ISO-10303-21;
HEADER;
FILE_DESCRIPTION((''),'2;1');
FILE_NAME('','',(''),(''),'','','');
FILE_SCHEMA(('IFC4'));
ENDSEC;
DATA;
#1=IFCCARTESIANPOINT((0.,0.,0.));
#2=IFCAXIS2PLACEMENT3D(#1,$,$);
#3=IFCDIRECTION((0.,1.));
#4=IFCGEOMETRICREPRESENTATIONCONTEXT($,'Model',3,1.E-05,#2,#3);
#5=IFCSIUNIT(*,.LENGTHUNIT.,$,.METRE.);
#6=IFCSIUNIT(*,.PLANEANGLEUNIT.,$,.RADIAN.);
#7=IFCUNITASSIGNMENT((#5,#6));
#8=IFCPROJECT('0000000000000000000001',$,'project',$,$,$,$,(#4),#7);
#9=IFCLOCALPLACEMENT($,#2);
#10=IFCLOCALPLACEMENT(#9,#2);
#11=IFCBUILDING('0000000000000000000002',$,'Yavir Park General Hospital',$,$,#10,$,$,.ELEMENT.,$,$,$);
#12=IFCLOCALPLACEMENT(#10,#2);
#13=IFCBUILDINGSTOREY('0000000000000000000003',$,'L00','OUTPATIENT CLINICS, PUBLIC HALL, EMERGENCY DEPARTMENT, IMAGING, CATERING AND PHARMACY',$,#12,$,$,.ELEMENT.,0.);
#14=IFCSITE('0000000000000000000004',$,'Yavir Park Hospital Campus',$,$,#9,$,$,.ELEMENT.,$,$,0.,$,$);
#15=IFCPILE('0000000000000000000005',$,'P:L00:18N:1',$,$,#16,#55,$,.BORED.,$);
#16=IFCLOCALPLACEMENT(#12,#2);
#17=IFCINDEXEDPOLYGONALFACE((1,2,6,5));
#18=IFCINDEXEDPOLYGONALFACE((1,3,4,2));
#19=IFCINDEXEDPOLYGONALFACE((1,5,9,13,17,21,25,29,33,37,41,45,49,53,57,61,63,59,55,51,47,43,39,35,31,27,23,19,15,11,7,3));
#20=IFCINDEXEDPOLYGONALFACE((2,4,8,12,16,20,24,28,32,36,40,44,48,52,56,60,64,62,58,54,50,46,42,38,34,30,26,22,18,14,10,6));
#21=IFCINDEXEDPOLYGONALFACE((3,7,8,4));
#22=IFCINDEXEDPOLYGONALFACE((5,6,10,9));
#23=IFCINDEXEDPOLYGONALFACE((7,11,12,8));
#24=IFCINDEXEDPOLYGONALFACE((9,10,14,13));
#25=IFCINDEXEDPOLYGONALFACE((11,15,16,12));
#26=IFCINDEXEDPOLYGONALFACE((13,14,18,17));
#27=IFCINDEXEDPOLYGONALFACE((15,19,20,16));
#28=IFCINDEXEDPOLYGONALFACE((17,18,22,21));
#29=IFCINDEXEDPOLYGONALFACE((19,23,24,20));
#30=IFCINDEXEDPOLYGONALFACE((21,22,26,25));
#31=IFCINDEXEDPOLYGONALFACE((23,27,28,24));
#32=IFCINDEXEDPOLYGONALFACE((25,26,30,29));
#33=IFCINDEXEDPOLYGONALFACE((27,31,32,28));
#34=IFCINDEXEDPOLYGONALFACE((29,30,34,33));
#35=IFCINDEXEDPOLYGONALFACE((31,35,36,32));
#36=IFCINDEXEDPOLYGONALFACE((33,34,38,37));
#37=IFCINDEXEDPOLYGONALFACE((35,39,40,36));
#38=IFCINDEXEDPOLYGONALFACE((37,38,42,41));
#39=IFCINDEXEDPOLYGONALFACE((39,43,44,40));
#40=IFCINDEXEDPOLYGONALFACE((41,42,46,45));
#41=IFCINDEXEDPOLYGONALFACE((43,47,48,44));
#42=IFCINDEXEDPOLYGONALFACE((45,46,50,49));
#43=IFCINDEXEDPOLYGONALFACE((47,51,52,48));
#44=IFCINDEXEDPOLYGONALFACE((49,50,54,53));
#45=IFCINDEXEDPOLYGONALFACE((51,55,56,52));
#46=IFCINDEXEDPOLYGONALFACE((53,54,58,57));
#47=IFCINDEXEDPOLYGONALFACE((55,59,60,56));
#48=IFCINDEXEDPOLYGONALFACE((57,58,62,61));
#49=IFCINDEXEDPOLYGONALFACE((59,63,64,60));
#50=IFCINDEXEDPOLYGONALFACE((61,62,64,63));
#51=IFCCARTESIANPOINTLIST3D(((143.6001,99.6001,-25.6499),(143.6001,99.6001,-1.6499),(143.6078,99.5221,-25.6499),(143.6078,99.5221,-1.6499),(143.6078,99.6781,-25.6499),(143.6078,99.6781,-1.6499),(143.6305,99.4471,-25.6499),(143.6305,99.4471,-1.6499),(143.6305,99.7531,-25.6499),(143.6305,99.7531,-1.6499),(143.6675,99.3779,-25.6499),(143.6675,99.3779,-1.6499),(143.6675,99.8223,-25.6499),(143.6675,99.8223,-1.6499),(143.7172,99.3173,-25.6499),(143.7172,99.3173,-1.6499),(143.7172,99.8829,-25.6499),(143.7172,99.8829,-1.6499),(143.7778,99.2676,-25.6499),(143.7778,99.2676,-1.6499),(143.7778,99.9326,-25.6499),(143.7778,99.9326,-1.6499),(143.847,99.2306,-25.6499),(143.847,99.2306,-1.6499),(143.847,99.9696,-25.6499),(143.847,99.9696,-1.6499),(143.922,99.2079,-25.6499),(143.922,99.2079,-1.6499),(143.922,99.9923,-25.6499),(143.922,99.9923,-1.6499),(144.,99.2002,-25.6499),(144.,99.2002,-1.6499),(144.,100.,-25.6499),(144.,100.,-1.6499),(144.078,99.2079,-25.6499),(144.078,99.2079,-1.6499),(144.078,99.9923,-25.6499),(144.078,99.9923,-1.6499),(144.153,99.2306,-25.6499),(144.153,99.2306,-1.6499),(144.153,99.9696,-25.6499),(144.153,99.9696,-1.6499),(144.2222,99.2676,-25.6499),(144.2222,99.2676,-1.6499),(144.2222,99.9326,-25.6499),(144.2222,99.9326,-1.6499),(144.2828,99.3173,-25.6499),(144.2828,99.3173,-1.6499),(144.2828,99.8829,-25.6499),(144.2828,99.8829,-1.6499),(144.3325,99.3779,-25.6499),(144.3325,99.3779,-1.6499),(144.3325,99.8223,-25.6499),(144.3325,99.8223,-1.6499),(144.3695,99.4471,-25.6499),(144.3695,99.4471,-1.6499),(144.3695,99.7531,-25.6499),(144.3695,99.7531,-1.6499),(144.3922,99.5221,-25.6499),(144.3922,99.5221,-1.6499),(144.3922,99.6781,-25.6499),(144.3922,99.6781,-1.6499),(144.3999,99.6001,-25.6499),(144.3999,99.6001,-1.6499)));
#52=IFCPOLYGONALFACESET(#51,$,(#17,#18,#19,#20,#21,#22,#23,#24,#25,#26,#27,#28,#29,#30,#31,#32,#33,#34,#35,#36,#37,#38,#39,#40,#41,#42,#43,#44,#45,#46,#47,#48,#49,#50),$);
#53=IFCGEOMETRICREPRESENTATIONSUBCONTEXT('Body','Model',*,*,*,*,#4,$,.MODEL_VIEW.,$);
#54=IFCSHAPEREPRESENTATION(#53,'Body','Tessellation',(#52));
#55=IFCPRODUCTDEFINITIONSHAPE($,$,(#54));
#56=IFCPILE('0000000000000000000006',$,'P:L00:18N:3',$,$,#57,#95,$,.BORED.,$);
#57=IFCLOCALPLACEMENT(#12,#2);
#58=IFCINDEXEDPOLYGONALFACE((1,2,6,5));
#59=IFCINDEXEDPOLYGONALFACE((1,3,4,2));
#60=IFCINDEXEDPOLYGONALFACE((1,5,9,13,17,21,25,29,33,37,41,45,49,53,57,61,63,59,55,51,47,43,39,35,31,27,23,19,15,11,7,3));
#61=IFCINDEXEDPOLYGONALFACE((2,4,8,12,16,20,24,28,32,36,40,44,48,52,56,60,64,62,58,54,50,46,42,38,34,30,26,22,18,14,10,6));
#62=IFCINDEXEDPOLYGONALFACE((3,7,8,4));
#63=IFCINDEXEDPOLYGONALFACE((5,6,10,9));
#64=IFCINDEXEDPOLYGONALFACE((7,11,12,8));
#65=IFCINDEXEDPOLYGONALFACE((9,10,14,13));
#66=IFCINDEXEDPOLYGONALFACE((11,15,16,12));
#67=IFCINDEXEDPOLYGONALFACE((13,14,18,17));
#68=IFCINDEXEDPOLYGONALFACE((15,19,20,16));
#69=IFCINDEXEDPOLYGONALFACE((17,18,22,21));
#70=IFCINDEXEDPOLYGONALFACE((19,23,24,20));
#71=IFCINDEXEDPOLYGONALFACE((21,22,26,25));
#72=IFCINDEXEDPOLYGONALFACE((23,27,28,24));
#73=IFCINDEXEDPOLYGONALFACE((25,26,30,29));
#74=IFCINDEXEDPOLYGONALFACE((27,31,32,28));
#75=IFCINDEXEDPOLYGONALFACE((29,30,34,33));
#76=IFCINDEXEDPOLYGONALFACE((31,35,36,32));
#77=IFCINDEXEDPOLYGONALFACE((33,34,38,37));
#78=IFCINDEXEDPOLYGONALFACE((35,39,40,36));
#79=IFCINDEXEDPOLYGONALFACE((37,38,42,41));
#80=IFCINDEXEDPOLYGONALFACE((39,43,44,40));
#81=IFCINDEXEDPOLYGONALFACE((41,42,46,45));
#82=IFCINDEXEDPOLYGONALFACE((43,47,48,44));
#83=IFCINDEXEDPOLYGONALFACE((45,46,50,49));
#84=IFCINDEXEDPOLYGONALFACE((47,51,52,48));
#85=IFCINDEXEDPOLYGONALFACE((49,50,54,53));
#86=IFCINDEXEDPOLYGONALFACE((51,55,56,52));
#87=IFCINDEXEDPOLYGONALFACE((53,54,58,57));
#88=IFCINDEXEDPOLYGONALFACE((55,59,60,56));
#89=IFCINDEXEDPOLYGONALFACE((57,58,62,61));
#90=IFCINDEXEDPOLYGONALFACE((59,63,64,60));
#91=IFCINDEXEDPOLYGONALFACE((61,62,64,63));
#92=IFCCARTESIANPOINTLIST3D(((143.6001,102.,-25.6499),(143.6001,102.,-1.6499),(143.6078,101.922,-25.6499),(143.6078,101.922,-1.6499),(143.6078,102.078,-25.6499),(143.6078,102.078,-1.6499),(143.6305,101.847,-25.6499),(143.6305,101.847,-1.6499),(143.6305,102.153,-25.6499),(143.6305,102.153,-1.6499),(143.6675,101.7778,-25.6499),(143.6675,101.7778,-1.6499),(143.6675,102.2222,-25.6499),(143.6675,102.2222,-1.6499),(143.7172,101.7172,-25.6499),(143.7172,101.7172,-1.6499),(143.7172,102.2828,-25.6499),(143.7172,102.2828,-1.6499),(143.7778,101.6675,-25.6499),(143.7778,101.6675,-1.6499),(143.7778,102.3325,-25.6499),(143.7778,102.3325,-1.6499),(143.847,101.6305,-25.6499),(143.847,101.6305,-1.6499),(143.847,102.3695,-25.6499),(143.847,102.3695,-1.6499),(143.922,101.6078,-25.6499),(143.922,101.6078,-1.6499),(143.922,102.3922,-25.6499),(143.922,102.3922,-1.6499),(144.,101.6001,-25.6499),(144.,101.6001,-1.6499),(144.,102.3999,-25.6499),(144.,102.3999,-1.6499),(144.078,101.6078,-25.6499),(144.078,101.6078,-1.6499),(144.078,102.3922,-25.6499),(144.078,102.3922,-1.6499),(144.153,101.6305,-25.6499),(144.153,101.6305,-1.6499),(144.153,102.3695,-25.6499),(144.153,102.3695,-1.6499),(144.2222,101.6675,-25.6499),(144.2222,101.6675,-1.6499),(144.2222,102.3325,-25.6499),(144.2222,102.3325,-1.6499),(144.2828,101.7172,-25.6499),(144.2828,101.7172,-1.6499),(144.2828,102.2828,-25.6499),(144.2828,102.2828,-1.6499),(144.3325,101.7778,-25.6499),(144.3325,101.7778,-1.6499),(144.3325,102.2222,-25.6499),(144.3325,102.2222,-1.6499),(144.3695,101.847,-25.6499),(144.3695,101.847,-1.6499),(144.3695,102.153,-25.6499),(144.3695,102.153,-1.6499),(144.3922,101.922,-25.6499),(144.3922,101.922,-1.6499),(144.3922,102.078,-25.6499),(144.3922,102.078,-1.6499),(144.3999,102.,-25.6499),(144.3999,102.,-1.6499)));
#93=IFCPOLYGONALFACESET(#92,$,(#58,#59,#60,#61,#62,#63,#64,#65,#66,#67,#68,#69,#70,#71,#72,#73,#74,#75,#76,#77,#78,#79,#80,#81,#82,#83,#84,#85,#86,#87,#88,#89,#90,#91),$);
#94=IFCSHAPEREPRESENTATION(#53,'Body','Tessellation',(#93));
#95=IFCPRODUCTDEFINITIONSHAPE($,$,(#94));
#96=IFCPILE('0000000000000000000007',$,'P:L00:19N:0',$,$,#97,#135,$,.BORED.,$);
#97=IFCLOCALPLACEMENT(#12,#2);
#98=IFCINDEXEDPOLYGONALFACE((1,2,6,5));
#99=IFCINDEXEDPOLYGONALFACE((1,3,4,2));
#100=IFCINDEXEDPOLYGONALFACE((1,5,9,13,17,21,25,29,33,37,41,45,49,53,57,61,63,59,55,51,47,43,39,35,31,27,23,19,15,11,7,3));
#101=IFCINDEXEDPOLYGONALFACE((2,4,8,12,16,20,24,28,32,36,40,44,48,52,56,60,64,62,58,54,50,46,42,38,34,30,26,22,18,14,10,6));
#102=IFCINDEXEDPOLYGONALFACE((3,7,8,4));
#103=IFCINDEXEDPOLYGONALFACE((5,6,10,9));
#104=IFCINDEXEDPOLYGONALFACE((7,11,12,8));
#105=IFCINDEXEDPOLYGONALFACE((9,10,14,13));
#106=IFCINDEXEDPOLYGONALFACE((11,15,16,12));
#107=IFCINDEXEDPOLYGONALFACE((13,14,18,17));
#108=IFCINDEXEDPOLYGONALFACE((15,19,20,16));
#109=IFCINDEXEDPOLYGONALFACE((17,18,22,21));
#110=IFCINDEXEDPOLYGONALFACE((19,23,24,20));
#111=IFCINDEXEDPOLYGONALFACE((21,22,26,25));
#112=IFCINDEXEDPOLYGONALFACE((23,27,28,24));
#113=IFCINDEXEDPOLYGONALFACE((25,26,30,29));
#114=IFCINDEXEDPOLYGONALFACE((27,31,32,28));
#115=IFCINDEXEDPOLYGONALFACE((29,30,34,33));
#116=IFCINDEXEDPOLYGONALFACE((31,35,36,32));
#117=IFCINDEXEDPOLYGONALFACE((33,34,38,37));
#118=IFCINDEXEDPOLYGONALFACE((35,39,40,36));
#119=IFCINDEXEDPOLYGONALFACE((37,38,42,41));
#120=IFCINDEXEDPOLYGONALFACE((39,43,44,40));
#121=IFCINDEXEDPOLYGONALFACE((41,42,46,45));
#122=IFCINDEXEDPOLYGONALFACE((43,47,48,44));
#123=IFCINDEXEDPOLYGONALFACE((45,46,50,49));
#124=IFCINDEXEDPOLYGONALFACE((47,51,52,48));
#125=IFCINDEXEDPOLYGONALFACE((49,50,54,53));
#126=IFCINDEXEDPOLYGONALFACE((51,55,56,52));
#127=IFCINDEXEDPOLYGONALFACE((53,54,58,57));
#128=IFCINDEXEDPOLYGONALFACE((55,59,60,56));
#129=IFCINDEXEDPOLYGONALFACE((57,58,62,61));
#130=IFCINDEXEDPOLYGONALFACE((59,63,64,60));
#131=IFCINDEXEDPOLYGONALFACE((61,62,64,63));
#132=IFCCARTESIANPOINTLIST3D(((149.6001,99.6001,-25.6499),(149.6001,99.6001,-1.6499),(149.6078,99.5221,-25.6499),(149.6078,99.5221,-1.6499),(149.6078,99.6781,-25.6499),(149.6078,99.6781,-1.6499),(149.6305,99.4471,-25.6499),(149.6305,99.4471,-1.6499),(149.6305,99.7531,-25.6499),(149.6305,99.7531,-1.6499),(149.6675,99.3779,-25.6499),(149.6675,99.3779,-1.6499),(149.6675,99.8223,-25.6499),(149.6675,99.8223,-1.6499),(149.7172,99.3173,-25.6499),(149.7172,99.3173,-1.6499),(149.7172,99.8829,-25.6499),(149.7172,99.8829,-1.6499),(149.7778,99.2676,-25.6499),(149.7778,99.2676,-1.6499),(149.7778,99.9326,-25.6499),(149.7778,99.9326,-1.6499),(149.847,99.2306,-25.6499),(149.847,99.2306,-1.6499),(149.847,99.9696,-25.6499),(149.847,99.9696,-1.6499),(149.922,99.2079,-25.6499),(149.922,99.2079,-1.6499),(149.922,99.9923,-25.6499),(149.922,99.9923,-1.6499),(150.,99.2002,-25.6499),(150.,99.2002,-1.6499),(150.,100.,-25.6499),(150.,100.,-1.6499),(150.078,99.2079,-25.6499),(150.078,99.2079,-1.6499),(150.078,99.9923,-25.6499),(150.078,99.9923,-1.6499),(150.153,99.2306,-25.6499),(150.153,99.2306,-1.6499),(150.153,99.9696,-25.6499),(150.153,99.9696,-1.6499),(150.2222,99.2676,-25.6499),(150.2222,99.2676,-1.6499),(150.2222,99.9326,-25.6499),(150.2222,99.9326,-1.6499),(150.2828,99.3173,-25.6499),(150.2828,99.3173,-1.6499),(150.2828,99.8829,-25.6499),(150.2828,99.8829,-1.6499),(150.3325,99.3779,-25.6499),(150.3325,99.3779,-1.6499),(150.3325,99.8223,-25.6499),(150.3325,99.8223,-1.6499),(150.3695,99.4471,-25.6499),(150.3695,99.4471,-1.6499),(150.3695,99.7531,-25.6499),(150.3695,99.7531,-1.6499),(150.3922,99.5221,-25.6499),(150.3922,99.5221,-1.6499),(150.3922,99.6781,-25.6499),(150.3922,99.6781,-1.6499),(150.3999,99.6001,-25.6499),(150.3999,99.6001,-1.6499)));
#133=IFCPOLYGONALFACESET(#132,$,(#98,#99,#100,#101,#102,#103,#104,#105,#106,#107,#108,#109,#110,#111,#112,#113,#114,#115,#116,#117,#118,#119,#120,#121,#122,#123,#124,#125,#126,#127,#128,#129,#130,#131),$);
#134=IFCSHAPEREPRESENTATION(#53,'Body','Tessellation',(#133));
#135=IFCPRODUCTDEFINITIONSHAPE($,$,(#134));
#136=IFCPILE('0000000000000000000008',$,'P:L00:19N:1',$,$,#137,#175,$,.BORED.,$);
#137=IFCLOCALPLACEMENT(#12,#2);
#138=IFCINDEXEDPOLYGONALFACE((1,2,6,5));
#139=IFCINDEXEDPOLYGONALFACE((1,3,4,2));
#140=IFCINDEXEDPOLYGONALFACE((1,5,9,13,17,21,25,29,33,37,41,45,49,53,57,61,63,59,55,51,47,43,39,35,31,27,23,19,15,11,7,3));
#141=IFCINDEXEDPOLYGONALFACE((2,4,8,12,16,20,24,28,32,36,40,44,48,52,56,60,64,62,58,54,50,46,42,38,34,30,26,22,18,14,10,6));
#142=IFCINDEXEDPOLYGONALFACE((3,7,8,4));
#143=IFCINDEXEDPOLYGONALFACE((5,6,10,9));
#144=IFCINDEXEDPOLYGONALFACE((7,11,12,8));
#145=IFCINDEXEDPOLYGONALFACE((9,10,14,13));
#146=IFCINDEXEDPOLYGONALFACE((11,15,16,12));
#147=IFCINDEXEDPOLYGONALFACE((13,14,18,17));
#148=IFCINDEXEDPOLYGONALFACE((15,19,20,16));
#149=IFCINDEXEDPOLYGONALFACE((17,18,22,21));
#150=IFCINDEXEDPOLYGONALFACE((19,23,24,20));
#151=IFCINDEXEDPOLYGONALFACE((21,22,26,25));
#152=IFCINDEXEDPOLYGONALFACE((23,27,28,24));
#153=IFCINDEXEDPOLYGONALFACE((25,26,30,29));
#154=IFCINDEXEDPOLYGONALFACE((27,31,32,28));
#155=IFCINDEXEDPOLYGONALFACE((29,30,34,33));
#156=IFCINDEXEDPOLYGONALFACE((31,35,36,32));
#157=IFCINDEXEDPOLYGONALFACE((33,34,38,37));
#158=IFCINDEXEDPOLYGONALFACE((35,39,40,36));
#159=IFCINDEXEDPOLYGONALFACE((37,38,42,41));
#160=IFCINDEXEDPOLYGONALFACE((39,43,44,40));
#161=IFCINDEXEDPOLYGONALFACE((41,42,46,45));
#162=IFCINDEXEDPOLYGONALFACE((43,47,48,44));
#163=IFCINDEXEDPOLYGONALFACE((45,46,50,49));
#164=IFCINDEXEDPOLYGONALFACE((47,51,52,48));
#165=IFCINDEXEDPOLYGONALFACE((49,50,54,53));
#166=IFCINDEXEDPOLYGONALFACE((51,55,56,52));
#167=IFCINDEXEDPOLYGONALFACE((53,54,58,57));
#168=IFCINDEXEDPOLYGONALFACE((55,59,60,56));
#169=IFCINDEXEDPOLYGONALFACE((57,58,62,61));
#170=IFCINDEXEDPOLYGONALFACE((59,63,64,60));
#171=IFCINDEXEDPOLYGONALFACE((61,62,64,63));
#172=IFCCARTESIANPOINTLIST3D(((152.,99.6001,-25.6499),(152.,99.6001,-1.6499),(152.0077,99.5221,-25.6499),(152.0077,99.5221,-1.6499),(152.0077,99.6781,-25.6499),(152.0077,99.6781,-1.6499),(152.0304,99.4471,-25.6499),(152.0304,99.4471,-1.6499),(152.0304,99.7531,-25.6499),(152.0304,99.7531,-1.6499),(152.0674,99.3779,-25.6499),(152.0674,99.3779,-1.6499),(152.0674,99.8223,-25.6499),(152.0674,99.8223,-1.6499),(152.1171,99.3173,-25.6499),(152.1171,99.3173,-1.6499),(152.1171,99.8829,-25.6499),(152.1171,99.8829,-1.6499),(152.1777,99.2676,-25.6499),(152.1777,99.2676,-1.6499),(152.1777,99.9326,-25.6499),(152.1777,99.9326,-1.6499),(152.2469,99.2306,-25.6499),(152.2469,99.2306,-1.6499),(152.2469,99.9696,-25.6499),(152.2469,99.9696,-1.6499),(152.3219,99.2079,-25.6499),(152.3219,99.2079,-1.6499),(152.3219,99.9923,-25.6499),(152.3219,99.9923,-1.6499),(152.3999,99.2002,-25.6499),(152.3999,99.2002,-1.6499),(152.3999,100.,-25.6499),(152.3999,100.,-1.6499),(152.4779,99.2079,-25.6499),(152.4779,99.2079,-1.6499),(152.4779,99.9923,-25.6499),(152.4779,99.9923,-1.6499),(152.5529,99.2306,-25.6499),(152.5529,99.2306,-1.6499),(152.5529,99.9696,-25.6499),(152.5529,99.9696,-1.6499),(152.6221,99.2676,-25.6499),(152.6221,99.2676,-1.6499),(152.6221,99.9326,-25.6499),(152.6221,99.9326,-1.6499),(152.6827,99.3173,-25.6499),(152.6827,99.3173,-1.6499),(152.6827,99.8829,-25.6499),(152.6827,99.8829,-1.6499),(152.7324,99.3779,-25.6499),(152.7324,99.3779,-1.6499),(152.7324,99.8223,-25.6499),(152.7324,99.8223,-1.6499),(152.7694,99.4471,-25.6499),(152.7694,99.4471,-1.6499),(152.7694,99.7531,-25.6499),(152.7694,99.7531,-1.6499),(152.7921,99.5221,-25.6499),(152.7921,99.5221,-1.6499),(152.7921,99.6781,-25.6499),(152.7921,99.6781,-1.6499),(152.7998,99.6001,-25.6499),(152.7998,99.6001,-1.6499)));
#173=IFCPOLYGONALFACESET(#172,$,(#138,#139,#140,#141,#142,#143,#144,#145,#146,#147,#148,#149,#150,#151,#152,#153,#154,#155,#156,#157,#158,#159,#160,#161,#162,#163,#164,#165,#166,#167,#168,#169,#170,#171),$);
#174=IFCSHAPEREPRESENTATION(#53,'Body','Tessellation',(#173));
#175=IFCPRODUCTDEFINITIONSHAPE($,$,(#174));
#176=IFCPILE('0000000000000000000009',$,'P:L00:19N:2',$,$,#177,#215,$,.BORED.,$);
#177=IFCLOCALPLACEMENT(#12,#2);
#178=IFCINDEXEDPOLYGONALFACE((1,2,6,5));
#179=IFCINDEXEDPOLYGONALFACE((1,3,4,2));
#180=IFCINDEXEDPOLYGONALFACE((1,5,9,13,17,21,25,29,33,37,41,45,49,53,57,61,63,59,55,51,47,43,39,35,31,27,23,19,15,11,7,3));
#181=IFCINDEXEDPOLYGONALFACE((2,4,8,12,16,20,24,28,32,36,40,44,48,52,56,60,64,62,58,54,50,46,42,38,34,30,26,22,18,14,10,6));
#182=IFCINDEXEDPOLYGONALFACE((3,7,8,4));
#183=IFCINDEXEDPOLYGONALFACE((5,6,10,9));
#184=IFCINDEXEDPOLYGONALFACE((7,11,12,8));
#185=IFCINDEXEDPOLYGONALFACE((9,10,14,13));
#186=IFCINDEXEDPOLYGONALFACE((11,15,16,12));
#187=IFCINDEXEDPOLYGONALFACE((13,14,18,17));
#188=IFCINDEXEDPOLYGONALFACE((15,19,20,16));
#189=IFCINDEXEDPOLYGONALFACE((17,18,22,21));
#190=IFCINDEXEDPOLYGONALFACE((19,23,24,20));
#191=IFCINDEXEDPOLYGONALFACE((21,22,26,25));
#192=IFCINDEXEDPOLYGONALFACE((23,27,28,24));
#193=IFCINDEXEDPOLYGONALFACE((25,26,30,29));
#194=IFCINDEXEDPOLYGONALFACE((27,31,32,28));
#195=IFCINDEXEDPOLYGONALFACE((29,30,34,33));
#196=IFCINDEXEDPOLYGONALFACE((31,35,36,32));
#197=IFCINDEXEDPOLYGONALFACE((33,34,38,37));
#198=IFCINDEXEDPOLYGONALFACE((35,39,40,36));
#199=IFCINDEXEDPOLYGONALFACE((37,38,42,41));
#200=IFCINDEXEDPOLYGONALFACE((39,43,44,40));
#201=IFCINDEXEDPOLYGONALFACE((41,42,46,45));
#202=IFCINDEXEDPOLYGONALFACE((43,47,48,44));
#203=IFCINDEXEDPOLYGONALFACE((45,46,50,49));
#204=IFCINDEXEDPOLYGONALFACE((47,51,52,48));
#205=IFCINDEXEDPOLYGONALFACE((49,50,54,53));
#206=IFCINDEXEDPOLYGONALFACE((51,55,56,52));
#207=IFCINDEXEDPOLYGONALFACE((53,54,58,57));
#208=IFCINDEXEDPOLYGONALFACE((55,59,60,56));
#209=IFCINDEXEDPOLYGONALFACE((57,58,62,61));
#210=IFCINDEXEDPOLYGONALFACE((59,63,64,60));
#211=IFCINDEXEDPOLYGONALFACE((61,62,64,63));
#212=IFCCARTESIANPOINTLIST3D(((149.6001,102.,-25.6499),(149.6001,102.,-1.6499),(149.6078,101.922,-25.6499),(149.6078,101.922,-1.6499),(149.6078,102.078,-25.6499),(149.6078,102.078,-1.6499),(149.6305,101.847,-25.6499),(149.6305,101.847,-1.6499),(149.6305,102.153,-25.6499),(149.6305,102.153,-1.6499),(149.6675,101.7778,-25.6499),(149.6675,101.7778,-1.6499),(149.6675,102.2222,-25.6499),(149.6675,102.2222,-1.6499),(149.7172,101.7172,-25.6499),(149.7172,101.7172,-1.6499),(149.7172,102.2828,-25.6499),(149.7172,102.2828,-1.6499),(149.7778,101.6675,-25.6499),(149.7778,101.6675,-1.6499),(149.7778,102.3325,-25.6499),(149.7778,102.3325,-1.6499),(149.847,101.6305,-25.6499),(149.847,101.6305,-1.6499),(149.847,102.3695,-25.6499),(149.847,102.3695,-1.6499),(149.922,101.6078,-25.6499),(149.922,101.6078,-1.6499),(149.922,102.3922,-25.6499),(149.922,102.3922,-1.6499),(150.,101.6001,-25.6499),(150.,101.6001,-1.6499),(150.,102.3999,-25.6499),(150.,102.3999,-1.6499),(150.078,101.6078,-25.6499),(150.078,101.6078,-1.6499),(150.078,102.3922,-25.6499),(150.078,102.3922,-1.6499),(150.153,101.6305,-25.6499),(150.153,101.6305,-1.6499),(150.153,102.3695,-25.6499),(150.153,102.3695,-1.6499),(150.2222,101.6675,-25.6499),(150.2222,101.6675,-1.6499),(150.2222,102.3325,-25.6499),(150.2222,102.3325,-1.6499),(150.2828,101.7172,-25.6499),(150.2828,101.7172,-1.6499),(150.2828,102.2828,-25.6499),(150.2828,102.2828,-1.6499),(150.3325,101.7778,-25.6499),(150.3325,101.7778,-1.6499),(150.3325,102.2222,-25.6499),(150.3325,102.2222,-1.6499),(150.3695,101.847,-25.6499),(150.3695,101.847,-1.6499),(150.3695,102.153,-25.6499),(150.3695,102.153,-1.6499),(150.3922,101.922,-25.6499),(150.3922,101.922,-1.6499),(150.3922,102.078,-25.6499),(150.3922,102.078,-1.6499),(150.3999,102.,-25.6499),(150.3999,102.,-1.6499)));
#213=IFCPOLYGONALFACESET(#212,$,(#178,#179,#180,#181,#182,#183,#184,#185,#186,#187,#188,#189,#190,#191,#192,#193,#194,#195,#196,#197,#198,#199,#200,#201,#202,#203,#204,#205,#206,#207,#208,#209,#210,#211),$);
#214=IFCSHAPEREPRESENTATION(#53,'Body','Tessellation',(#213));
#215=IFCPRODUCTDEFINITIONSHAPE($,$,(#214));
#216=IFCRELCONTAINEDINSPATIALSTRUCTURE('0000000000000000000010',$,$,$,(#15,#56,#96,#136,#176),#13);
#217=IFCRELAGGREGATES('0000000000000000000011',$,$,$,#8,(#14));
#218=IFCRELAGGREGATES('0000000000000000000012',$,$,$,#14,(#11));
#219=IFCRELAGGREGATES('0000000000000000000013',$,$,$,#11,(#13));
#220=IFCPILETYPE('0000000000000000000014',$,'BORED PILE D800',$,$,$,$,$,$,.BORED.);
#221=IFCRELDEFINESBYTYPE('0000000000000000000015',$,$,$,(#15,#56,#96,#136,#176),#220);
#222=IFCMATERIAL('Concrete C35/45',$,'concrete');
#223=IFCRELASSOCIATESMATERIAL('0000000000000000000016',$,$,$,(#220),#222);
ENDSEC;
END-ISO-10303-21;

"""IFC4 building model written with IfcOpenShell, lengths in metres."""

from ifc_helpers import new_model, si_unit, direction, frame, origin, origin_2d, place, context, subcontext, project, spatial, circle, extrude, material, material_profile, profile_set, type_object, element, save


model = new_model("IFC4")

# Units and contexts
model_context = context("Model", 3, precision=1e-05, world=origin(), true_north=direction((0.0, 1.0)))
body_context = subcontext(model_context, "Body", "Model", "MODEL_VIEW")
ifc_project = project(units=[si_unit("LENGTHUNIT", "METRE"), si_unit("PLANEANGLEUNIT", "RADIAN")], contexts=[model_context])

# Site, building, storey
site_placement = place(None, origin())
site = spatial("IfcSite", under=ifc_project, at=site_placement, Name="Yavir Park Hospital Campus", CompositionType="ELEMENT", RefElevation=0.0)
building_placement = place(site_placement, origin())
building = spatial("IfcBuilding", under=site, at=building_placement, Name="Yavir Park General Hospital", CompositionType="ELEMENT")
storey_placement = place(building_placement, origin())
storey = spatial("IfcBuildingStorey", under=building, at=storey_placement, Name="L00", Description="OUTPATIENT CLINICS, PUBLIC HALL, EMERGENCY DEPARTMENT, IMAGING, CATERING AND PHARMACY", CompositionType="ELEMENT", Elevation=0.0)

# Piles
ifc_material_1 = material(Name="Concrete C35/45", Category="concrete")
ifc_material_profile_1 = material_profile(ifc_material_1, circle(Radius=0.3999, at=origin_2d()), Name="D800")
ifc_profile_set_1 = profile_set([ifc_material_profile_1], Name="Concrete C35/45")
pile_type = type_object("IfcPileType", Name="BORED PILE D800", PredefinedType="BORED", material=ifc_profile_set_1)
for number, where, z_axis, x_axis, name in (
    (1, (144.0, 99.6001, -1.6499), (0.0, 0.0, -1.0), (1.0, 0.0, 0.0), "P:L00:18N:1"),
    (2, (144.0, 102.0, -1.6499), (0.0, 0.0, -1.0), (1.0, 0.0, 0.0), "P:L00:18N:3"),
    (3, (150.0, 99.6001, -1.6499), (0.0, 0.0, -1.0), (1.0, 0.0, 0.0), "P:L00:19N:0"),
    (4, (152.3999, 99.6001, -1.6499), (0.0, 0.0, -1.0), (1.0, 0.0, 0.0), "P:L00:19N:1"),
    (5, (150.0, 102.0, -1.6499), (0.0, 0.0, -1.0), (1.0, 0.0, 0.0), "P:L00:19N:2"),
):
    element("IfcPile", number, at=place(storey_placement, frame(where, z_axis=z_axis, x_axis=x_axis)), inside=storey, type_object=pile_type, Name=name, PredefinedType="BORED", context=body_context, shape_type="SweptSolid", body=[
        extrude(circle(Radius=0.3999, at=origin_2d()), origin(), (0.0, 0.0, 1.0), 24.0),
    ])

save(model, "model.ifc")
